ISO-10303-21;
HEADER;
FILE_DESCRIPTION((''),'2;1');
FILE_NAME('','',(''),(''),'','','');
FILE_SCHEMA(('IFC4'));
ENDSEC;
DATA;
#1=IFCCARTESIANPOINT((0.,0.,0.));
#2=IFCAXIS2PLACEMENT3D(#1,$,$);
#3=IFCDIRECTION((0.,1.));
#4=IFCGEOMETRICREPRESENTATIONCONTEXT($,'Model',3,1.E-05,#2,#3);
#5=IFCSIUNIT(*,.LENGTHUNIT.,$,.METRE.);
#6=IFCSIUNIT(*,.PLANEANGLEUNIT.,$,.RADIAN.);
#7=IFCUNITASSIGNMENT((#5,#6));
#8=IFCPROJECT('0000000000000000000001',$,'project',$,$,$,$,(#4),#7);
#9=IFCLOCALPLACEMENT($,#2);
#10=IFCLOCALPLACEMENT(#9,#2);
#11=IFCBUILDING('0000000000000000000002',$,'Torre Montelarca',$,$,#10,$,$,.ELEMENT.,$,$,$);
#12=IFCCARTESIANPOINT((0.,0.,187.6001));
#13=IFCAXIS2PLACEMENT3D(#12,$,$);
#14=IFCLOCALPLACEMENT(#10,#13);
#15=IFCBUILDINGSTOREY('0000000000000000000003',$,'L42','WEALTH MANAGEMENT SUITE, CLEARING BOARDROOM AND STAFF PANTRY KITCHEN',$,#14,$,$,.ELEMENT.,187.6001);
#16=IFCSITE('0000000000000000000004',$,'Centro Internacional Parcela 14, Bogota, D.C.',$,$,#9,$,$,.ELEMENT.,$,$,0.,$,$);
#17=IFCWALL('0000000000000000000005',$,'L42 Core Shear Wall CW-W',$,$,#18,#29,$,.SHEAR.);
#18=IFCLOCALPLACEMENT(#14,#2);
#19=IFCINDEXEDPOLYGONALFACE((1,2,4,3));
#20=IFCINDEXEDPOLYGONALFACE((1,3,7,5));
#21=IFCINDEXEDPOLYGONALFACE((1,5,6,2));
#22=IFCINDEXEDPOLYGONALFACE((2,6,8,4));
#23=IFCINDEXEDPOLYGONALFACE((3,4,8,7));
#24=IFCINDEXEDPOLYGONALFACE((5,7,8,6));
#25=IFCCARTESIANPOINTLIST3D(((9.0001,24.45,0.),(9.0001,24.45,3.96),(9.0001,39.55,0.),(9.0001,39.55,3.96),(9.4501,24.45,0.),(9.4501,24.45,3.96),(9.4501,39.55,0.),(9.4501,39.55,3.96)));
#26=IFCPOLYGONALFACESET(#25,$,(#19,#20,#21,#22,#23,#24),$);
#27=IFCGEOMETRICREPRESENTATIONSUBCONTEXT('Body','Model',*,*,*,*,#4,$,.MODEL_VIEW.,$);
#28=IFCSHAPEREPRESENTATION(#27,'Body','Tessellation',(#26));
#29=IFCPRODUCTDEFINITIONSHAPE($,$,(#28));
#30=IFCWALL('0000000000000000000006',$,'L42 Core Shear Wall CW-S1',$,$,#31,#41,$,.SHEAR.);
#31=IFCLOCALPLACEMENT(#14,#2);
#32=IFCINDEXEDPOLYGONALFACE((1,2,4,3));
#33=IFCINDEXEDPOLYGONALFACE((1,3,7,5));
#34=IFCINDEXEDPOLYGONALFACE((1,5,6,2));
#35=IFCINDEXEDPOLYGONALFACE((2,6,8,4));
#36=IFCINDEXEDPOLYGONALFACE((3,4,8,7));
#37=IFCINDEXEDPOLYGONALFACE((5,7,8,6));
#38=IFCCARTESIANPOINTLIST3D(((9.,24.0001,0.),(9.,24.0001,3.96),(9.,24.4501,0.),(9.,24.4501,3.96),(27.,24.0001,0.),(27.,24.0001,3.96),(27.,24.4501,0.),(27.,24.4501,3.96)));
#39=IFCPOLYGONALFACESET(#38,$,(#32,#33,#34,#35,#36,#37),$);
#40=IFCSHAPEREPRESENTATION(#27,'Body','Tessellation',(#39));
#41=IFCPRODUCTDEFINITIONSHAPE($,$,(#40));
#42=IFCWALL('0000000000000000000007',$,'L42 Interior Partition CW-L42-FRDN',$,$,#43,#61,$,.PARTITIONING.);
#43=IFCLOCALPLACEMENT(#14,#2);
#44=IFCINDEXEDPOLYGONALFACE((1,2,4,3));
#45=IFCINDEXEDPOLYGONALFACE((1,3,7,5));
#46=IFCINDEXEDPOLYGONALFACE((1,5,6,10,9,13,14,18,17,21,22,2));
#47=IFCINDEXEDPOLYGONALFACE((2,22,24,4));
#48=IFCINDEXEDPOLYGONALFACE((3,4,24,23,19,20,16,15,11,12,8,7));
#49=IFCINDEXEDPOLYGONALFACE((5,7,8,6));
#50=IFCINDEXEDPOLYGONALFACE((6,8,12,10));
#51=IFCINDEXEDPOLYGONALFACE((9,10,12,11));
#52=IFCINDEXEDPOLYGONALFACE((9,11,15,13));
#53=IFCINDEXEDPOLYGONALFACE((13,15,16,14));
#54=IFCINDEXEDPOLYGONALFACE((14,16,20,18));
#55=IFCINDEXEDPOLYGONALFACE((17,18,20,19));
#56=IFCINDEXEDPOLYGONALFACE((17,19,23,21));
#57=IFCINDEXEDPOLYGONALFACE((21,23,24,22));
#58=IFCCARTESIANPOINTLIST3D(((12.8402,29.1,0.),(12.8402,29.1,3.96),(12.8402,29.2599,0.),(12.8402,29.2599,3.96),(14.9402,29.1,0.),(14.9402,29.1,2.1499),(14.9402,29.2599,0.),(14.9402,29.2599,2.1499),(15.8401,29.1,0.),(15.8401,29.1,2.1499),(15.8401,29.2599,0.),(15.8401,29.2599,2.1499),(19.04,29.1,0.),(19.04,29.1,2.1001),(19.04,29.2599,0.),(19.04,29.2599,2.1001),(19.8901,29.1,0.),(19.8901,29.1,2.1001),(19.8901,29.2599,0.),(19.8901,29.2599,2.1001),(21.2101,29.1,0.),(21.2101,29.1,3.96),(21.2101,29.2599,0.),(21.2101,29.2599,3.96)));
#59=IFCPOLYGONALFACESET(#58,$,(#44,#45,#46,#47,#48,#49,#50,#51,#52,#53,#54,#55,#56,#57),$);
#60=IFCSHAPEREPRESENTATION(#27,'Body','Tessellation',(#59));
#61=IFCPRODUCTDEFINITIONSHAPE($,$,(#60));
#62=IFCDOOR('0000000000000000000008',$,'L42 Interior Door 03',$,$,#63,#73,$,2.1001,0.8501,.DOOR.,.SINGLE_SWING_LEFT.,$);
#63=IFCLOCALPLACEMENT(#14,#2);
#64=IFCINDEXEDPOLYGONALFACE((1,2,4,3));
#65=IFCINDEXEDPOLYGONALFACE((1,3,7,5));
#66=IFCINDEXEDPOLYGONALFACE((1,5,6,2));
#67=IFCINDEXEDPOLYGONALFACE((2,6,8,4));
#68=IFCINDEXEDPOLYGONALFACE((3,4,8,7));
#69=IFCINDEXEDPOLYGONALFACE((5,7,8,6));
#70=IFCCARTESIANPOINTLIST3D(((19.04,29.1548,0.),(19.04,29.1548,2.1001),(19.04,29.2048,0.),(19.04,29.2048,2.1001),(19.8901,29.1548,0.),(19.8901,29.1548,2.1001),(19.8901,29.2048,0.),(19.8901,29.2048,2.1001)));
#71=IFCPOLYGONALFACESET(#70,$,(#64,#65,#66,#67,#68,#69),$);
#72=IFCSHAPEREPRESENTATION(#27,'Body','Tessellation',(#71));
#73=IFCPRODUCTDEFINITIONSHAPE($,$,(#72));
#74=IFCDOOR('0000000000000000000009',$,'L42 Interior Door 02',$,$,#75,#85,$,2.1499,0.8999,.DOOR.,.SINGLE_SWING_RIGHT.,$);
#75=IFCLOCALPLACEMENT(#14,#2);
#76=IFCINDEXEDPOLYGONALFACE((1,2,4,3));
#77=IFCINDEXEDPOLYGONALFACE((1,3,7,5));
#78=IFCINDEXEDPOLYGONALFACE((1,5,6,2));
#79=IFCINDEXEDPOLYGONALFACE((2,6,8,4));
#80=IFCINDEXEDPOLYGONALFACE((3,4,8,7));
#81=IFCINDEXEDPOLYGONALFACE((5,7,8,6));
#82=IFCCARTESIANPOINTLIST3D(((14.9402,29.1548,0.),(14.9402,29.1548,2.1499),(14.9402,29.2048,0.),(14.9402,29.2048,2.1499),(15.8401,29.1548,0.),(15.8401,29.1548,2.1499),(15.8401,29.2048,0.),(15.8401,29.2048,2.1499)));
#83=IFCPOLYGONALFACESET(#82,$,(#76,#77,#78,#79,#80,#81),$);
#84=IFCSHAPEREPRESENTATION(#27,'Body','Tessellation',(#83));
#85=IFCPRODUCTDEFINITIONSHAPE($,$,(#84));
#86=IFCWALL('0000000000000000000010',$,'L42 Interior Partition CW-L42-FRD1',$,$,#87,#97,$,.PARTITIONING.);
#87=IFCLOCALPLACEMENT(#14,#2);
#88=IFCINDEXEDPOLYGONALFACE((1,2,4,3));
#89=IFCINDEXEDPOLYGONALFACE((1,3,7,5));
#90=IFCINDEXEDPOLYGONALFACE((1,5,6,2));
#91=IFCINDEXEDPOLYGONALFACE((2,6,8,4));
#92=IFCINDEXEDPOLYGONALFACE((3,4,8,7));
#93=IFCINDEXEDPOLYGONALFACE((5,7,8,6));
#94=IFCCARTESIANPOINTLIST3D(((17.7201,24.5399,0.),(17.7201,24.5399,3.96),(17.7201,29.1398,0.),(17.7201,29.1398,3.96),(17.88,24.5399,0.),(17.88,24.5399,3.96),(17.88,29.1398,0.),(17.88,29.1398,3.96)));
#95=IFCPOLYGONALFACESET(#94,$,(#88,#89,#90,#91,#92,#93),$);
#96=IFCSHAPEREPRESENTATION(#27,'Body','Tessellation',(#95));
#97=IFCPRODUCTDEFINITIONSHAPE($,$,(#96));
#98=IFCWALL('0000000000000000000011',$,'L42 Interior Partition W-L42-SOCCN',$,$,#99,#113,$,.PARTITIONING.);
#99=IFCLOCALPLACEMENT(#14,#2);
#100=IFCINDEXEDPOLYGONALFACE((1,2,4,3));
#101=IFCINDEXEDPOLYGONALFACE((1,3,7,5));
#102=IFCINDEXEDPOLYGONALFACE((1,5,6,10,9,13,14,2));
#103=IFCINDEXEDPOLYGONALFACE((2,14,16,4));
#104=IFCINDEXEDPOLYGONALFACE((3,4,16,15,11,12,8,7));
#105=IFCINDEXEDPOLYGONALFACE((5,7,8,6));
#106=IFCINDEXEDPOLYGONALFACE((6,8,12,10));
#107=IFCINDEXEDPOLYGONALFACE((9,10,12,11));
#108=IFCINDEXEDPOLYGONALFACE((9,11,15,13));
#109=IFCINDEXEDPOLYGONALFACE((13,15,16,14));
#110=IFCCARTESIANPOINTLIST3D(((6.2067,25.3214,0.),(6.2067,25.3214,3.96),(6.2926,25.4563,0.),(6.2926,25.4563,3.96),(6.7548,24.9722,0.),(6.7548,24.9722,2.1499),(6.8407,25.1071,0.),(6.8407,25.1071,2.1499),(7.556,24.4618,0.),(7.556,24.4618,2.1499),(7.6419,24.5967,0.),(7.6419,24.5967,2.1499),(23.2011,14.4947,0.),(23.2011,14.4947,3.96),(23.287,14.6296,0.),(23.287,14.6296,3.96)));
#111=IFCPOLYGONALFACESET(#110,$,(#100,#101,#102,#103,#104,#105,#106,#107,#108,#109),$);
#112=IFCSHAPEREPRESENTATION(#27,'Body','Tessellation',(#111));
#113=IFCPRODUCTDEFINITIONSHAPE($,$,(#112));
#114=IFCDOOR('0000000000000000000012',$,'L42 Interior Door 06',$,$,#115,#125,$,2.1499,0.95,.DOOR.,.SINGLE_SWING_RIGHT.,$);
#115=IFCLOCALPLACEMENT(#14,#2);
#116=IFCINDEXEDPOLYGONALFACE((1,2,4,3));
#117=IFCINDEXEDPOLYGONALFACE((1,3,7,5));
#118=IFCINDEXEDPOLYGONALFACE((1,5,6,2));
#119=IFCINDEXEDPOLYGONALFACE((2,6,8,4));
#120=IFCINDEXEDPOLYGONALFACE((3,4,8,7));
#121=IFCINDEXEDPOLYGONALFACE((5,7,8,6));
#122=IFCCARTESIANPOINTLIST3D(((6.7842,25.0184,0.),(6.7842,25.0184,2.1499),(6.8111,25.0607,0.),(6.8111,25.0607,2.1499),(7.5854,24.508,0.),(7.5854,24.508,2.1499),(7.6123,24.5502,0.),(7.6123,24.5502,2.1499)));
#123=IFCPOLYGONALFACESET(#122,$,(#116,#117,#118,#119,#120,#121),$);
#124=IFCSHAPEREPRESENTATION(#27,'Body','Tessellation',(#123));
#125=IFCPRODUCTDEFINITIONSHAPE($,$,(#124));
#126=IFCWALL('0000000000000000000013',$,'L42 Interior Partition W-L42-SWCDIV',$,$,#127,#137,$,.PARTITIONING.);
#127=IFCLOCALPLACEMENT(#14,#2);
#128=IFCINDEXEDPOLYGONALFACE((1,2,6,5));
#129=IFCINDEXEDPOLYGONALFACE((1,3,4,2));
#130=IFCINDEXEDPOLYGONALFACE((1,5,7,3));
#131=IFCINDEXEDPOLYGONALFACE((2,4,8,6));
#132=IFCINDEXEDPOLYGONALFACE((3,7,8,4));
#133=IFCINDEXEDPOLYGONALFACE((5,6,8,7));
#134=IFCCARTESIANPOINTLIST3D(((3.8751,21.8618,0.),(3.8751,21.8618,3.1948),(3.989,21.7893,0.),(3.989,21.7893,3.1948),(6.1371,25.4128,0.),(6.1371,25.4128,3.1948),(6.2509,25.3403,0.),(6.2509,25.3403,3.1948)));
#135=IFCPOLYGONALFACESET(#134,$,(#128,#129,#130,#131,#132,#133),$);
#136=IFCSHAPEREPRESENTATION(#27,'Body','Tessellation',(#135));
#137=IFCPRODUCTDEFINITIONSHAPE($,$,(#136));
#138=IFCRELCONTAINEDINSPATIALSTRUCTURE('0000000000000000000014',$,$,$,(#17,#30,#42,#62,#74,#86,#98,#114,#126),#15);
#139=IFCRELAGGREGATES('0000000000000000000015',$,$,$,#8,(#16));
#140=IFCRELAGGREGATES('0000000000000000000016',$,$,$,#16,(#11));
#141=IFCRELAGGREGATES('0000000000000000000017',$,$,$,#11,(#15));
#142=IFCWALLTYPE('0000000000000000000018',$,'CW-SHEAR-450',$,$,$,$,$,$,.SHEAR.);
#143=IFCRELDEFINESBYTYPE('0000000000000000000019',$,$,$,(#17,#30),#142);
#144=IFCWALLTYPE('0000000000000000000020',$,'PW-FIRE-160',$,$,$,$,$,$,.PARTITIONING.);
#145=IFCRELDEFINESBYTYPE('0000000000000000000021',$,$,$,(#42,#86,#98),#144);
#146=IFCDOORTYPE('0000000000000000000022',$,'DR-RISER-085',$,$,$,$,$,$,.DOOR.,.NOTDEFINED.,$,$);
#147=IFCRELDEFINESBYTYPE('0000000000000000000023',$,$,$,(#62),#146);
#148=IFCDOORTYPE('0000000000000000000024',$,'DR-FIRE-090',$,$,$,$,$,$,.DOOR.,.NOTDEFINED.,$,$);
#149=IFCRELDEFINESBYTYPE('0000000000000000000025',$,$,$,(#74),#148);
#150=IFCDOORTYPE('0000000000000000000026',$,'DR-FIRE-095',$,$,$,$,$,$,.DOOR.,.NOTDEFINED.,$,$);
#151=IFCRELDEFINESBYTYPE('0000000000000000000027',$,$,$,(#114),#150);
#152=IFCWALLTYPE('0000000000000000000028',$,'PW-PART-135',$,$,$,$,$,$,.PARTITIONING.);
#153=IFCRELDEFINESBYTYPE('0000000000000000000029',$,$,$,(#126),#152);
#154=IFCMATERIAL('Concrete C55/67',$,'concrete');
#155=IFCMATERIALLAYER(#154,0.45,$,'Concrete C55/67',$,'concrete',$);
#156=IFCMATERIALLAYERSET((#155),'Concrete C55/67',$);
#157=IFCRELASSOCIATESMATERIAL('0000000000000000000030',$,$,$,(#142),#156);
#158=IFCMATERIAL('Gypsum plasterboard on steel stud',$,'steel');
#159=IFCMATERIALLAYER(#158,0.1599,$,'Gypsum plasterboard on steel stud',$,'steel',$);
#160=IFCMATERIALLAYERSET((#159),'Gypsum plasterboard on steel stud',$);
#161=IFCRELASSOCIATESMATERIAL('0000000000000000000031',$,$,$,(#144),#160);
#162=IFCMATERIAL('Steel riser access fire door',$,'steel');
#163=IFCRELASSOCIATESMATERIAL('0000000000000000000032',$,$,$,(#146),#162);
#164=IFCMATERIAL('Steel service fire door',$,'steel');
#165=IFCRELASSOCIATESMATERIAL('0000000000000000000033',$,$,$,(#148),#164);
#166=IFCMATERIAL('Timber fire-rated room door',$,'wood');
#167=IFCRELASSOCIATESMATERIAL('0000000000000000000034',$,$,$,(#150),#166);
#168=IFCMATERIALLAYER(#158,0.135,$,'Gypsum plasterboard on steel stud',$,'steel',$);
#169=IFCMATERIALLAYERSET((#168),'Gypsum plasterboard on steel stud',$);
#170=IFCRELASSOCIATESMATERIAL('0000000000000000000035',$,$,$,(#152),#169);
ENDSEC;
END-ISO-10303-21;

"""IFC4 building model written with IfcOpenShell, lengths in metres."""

from ifc_helpers import new_model, si_unit, direction, frame, frame_2d, origin, place, context, subcontext, project, spatial, rectangle, extrude, source, transform, mapped, material, layer, layer_set, type_object, element, fill, save


model = new_model("IFC4")

# Units and contexts
model_context = context("Model", 3, precision=1e-05, world=origin(), true_north=direction((0.0, 1.0)))
body_context = subcontext(model_context, "Body", "Model", "MODEL_VIEW")
ifc_project = project(units=[si_unit("LENGTHUNIT", "METRE"), si_unit("PLANEANGLEUNIT", "RADIAN")], contexts=[model_context])

# Site, building, storey
site_placement = place(None, origin())
site = spatial("IfcSite", under=ifc_project, at=site_placement, Name="Centro Internacional Parcela 14, Bogota, D.C.", CompositionType="ELEMENT", RefElevation=0.0)
building_placement = place(site_placement, origin())
building = spatial("IfcBuilding", under=site, at=building_placement, Name="Torre Montelarca", CompositionType="ELEMENT")
storey_placement = place(building_placement, frame((0.0, 0.0, 187.6001)))
storey = spatial("IfcBuildingStorey", under=building, at=storey_placement, Name="L42", Description="WEALTH MANAGEMENT SUITE, CLEARING BOARDROOM AND STAFF PANTRY KITCHEN", CompositionType="ELEMENT", Elevation=187.6001)

# Shared definitions
ifc_material_1 = material(Name="Concrete C55/67", Category="concrete")

# Walls
ifc_layer_1 = layer(ifc_material_1, 0.45, Name="Concrete C55/67", Category="concrete")
ifc_layer_set_1 = layer_set([ifc_layer_1], Name="Concrete C55/67")
wall_type_1 = type_object("IfcWallType", Name="CW-SHEAR-450", PredefinedType="SHEAR", material=ifc_layer_set_1)
wall_1_placement = place(storey_placement, frame((9.2251, 24.45, 0.0), z_axis=(0.0, 0.0, 1.0), x_axis=(0.0, 1.0, 0.0)))
element("IfcWall", 1, at=wall_1_placement, inside=storey, type_object=wall_type_1, Name="L42 Core Shear Wall CW-W", PredefinedType="SHEAR", context=body_context, shape_type="SweptSolid", body=[
    extrude(rectangle(XDim=15.1001, YDim=0.45, at=frame_2d((7.55, 0.0))), origin(), (0.0, 0.0, 1.0), 3.96),
])
wall_2_placement = place(storey_placement, frame((9.0, 24.2251, 0.0), z_axis=(0.0, 0.0, 1.0), x_axis=(1.0, 0.0, 0.0)))
element("IfcWall", 2, at=wall_2_placement, inside=storey, type_object=wall_type_1, Name="L42 Core Shear Wall CW-S1", PredefinedType="SHEAR", context=body_context, shape_type="SweptSolid", body=[
    extrude(rectangle(XDim=18.0, YDim=0.45, at=frame_2d((9.0, 0.0))), origin(), (0.0, 0.0, 1.0), 3.96),
])

# Wall, openings, doors
ifc_material_2 = material(Name="Gypsum plasterboard on steel stud", Category="steel")
ifc_layer_2 = layer(ifc_material_2, 0.1599, Name="Gypsum plasterboard on steel stud", Category="steel")
ifc_layer_set_2 = layer_set([ifc_layer_2], Name="Gypsum plasterboard on steel stud")
wall_type_2 = type_object("IfcWallType", Name="PW-FIRE-160", PredefinedType="PARTITIONING", material=ifc_layer_set_2)
wall_3_placement = place(storey_placement, frame((12.8401, 29.1799, 0.0), z_axis=(0.0, 0.0, 1.0), x_axis=(1.0, 0.0, 0.0)))
wall_3 = element("IfcWall", 3, at=wall_3_placement, inside=storey, type_object=wall_type_2, Name="L42 Interior Partition CW-L42-FRDN", PredefinedType="PARTITIONING", context=body_context, shape_type="SweptSolid", body=[
    extrude(rectangle(XDim=8.3699, YDim=0.1599, at=frame_2d((4.1851, 0.0))), origin(), (0.0, 0.0, 1.0), 3.96),
])
opening_1_placement = place(wall_3_placement, frame((2.1001, 0.0, 0.0)))
opening_1 = element("IfcOpeningElement", 4, at=opening_1_placement, cuts=wall_3, PredefinedType="OPENING", context=body_context, shape_type="SweptSolid", body=[
    extrude(rectangle(XDim=0.8999, YDim=2.1499, at=frame_2d((0.45, 1.075))), frame((0.0, 0.0898, 0.0), z_axis=(0.0, -1.0, 0.0), x_axis=(1.0, 0.0, 0.0)), (0.0, 0.0, 1.0), 0.1799),
])
opening_2_placement = place(wall_3_placement, frame((6.2, 0.0, 0.0)))
opening_2 = element("IfcOpeningElement", 5, at=opening_2_placement, cuts=wall_3, PredefinedType="OPENING", context=body_context, shape_type="SweptSolid", body=[
    extrude(rectangle(XDim=0.8501, YDim=2.1001, at=frame_2d((0.425, 1.05))), frame((0.0, 0.0898, 0.0), z_axis=(0.0, -1.0, 0.0), x_axis=(1.0, 0.0, 0.0)), (0.0, 0.0, 1.0), 0.1799),
])
ifc_material_3 = material(Name="Steel riser access fire door", Category="steel")
door_type_1 = type_object("IfcDoorType", Name="DR-RISER-085", OperationType="NOTDEFINED", PredefinedType="DOOR", material=ifc_material_3)
shared_shape_1 = source(origin(), body_context, "Body", "SweptSolid", [
    extrude(rectangle(XDim=0.8501, YDim=2.1001, at=frame_2d((0.425, 1.05))), frame((0.0, 0.0249, 0.0), z_axis=(0.0, -1.0, 0.0), x_axis=(1.0, 0.0, 0.0)), (0.0, 0.0, 1.0), 0.05),
])
door_1_placement = place(opening_2_placement, origin())
door_1 = element("IfcDoor", 6, at=door_1_placement, inside=storey, type_object=door_type_1, Name="L42 Interior Door 03", OperationType="SINGLE_SWING_LEFT", OverallHeight=2.1001, OverallWidth=0.8501, PredefinedType="DOOR", context=body_context, shape_type="MappedRepresentation", body=[
    mapped(shared_shape_1, transform((0.0, 0.0, 0.0), scale=1.0)),
])
fill(opening_2, door_1)
ifc_material_4 = material(Name="Steel service fire door", Category="steel")
door_type_2 = type_object("IfcDoorType", Name="DR-FIRE-090", OperationType="NOTDEFINED", PredefinedType="DOOR", material=ifc_material_4)
shared_shape_2 = source(origin(), body_context, "Body", "SweptSolid", [
    extrude(rectangle(XDim=0.8999, YDim=2.1499, at=frame_2d((0.45, 1.075))), frame((0.0, 0.0249, 0.0), z_axis=(0.0, -1.0, 0.0), x_axis=(1.0, 0.0, 0.0)), (0.0, 0.0, 1.0), 0.05),
])
door_2_placement = place(opening_1_placement, origin())
door_2 = element("IfcDoor", 7, at=door_2_placement, inside=storey, type_object=door_type_2, Name="L42 Interior Door 02", OperationType="SINGLE_SWING_RIGHT", OverallHeight=2.1499, OverallWidth=0.8999, PredefinedType="DOOR", context=body_context, shape_type="MappedRepresentation", body=[
    mapped(shared_shape_2, transform((0.0, 0.0, 0.0), scale=1.0)),
])
fill(opening_1, door_2)

# Wall
wall_4_placement = place(storey_placement, frame((17.8, 24.54, 0.0), z_axis=(0.0, 0.0, 1.0), x_axis=(0.0, 1.0, 0.0)))
element("IfcWall", 8, at=wall_4_placement, inside=storey, type_object=wall_type_2, Name="L42 Interior Partition CW-L42-FRD1", PredefinedType="PARTITIONING", context=body_context, shape_type="SweptSolid", body=[
    extrude(rectangle(XDim=4.5999, YDim=0.1599, at=frame_2d((2.2998, 0.0))), origin(), (0.0, 0.0, 1.0), 3.96),
])

# Wall, opening, door
wall_5_placement = place(storey_placement, frame((6.2495, 25.3889, 0.0), z_axis=(0.0, 0.0, 1.0), x_axis=(0.84339, -0.537301, 0.0)))
wall_5 = element("IfcWall", 9, at=wall_5_placement, inside=storey, type_object=wall_type_2, Name="L42 Interior Partition W-L42-SOCCN", PredefinedType="PARTITIONING", context=body_context, shape_type="SweptSolid", body=[
    extrude(rectangle(XDim=20.1501, YDim=0.1599, at=frame_2d((10.0752, 0.0))), origin(), (0.0, 0.0, 1.0), 3.96),
])
opening_3_placement = place(wall_5_placement, frame((0.6499, 0.0, 0.0)))
opening_3 = element("IfcOpeningElement", 10, at=opening_3_placement, cuts=wall_5, PredefinedType="OPENING", context=body_context, shape_type="SweptSolid", body=[
    extrude(rectangle(XDim=0.95, YDim=2.1499, at=frame_2d((0.4751, 1.075))), frame((0.0, 0.0898, 0.0), z_axis=(0.0, -1.0, 0.0), x_axis=(1.0, 0.0, 0.0)), (0.0, 0.0, 1.0), 0.1799),
])
ifc_material_5 = material(Name="Timber fire-rated room door", Category="wood")
door_type_3 = type_object("IfcDoorType", Name="DR-FIRE-095", OperationType="NOTDEFINED", PredefinedType="DOOR", material=ifc_material_5)
shared_shape_3 = source(origin(), body_context, "Body", "SweptSolid", [
    extrude(rectangle(XDim=0.95, YDim=2.1499, at=frame_2d((0.4751, 1.075))), frame((0.0, 0.0249, 0.0), z_axis=(0.0, -1.0, 0.0), x_axis=(1.0, 0.0, 0.0)), (0.0, 0.0, 1.0), 0.05),
])
door_3_placement = place(opening_3_placement, origin())
door_3 = element("IfcDoor", 11, at=door_3_placement, inside=storey, type_object=door_type_3, Name="L42 Interior Door 06", OperationType="SINGLE_SWING_RIGHT", OverallHeight=2.1499, OverallWidth=0.95, PredefinedType="DOOR", context=body_context, shape_type="MappedRepresentation", body=[
    mapped(shared_shape_3, transform((0.0, 0.0, 0.0), scale=1.0)),
])
fill(opening_3, door_3)

# Wall
ifc_layer_3 = layer(ifc_material_2, 0.135, Name="Gypsum plasterboard on steel stud", Category="steel")
ifc_layer_set_3 = layer_set([ifc_layer_3], Name="Gypsum plasterboard on steel stud")
wall_type_3 = type_object("IfcWallType", Name="PW-PART-135", PredefinedType="PARTITIONING", material=ifc_layer_set_3)
wall_6_placement = place(storey_placement, frame((3.9321, 21.8257, 0.0), z_axis=(0.0, 0.0, 1.0), x_axis=(0.537251, 0.843423, 0.0)))
element("IfcWall", 12, at=wall_6_placement, inside=storey, type_object=wall_type_3, Name="L42 Interior Partition W-L42-SWCDIV", PredefinedType="PARTITIONING", context=body_context, shape_type="SweptSolid", body=[
    extrude(rectangle(XDim=4.2102, YDim=0.135, at=frame_2d((2.105, 0.0))), origin(), (0.0, 0.0, 1.0), 3.1948),
])

save(model, "model.ifc")
